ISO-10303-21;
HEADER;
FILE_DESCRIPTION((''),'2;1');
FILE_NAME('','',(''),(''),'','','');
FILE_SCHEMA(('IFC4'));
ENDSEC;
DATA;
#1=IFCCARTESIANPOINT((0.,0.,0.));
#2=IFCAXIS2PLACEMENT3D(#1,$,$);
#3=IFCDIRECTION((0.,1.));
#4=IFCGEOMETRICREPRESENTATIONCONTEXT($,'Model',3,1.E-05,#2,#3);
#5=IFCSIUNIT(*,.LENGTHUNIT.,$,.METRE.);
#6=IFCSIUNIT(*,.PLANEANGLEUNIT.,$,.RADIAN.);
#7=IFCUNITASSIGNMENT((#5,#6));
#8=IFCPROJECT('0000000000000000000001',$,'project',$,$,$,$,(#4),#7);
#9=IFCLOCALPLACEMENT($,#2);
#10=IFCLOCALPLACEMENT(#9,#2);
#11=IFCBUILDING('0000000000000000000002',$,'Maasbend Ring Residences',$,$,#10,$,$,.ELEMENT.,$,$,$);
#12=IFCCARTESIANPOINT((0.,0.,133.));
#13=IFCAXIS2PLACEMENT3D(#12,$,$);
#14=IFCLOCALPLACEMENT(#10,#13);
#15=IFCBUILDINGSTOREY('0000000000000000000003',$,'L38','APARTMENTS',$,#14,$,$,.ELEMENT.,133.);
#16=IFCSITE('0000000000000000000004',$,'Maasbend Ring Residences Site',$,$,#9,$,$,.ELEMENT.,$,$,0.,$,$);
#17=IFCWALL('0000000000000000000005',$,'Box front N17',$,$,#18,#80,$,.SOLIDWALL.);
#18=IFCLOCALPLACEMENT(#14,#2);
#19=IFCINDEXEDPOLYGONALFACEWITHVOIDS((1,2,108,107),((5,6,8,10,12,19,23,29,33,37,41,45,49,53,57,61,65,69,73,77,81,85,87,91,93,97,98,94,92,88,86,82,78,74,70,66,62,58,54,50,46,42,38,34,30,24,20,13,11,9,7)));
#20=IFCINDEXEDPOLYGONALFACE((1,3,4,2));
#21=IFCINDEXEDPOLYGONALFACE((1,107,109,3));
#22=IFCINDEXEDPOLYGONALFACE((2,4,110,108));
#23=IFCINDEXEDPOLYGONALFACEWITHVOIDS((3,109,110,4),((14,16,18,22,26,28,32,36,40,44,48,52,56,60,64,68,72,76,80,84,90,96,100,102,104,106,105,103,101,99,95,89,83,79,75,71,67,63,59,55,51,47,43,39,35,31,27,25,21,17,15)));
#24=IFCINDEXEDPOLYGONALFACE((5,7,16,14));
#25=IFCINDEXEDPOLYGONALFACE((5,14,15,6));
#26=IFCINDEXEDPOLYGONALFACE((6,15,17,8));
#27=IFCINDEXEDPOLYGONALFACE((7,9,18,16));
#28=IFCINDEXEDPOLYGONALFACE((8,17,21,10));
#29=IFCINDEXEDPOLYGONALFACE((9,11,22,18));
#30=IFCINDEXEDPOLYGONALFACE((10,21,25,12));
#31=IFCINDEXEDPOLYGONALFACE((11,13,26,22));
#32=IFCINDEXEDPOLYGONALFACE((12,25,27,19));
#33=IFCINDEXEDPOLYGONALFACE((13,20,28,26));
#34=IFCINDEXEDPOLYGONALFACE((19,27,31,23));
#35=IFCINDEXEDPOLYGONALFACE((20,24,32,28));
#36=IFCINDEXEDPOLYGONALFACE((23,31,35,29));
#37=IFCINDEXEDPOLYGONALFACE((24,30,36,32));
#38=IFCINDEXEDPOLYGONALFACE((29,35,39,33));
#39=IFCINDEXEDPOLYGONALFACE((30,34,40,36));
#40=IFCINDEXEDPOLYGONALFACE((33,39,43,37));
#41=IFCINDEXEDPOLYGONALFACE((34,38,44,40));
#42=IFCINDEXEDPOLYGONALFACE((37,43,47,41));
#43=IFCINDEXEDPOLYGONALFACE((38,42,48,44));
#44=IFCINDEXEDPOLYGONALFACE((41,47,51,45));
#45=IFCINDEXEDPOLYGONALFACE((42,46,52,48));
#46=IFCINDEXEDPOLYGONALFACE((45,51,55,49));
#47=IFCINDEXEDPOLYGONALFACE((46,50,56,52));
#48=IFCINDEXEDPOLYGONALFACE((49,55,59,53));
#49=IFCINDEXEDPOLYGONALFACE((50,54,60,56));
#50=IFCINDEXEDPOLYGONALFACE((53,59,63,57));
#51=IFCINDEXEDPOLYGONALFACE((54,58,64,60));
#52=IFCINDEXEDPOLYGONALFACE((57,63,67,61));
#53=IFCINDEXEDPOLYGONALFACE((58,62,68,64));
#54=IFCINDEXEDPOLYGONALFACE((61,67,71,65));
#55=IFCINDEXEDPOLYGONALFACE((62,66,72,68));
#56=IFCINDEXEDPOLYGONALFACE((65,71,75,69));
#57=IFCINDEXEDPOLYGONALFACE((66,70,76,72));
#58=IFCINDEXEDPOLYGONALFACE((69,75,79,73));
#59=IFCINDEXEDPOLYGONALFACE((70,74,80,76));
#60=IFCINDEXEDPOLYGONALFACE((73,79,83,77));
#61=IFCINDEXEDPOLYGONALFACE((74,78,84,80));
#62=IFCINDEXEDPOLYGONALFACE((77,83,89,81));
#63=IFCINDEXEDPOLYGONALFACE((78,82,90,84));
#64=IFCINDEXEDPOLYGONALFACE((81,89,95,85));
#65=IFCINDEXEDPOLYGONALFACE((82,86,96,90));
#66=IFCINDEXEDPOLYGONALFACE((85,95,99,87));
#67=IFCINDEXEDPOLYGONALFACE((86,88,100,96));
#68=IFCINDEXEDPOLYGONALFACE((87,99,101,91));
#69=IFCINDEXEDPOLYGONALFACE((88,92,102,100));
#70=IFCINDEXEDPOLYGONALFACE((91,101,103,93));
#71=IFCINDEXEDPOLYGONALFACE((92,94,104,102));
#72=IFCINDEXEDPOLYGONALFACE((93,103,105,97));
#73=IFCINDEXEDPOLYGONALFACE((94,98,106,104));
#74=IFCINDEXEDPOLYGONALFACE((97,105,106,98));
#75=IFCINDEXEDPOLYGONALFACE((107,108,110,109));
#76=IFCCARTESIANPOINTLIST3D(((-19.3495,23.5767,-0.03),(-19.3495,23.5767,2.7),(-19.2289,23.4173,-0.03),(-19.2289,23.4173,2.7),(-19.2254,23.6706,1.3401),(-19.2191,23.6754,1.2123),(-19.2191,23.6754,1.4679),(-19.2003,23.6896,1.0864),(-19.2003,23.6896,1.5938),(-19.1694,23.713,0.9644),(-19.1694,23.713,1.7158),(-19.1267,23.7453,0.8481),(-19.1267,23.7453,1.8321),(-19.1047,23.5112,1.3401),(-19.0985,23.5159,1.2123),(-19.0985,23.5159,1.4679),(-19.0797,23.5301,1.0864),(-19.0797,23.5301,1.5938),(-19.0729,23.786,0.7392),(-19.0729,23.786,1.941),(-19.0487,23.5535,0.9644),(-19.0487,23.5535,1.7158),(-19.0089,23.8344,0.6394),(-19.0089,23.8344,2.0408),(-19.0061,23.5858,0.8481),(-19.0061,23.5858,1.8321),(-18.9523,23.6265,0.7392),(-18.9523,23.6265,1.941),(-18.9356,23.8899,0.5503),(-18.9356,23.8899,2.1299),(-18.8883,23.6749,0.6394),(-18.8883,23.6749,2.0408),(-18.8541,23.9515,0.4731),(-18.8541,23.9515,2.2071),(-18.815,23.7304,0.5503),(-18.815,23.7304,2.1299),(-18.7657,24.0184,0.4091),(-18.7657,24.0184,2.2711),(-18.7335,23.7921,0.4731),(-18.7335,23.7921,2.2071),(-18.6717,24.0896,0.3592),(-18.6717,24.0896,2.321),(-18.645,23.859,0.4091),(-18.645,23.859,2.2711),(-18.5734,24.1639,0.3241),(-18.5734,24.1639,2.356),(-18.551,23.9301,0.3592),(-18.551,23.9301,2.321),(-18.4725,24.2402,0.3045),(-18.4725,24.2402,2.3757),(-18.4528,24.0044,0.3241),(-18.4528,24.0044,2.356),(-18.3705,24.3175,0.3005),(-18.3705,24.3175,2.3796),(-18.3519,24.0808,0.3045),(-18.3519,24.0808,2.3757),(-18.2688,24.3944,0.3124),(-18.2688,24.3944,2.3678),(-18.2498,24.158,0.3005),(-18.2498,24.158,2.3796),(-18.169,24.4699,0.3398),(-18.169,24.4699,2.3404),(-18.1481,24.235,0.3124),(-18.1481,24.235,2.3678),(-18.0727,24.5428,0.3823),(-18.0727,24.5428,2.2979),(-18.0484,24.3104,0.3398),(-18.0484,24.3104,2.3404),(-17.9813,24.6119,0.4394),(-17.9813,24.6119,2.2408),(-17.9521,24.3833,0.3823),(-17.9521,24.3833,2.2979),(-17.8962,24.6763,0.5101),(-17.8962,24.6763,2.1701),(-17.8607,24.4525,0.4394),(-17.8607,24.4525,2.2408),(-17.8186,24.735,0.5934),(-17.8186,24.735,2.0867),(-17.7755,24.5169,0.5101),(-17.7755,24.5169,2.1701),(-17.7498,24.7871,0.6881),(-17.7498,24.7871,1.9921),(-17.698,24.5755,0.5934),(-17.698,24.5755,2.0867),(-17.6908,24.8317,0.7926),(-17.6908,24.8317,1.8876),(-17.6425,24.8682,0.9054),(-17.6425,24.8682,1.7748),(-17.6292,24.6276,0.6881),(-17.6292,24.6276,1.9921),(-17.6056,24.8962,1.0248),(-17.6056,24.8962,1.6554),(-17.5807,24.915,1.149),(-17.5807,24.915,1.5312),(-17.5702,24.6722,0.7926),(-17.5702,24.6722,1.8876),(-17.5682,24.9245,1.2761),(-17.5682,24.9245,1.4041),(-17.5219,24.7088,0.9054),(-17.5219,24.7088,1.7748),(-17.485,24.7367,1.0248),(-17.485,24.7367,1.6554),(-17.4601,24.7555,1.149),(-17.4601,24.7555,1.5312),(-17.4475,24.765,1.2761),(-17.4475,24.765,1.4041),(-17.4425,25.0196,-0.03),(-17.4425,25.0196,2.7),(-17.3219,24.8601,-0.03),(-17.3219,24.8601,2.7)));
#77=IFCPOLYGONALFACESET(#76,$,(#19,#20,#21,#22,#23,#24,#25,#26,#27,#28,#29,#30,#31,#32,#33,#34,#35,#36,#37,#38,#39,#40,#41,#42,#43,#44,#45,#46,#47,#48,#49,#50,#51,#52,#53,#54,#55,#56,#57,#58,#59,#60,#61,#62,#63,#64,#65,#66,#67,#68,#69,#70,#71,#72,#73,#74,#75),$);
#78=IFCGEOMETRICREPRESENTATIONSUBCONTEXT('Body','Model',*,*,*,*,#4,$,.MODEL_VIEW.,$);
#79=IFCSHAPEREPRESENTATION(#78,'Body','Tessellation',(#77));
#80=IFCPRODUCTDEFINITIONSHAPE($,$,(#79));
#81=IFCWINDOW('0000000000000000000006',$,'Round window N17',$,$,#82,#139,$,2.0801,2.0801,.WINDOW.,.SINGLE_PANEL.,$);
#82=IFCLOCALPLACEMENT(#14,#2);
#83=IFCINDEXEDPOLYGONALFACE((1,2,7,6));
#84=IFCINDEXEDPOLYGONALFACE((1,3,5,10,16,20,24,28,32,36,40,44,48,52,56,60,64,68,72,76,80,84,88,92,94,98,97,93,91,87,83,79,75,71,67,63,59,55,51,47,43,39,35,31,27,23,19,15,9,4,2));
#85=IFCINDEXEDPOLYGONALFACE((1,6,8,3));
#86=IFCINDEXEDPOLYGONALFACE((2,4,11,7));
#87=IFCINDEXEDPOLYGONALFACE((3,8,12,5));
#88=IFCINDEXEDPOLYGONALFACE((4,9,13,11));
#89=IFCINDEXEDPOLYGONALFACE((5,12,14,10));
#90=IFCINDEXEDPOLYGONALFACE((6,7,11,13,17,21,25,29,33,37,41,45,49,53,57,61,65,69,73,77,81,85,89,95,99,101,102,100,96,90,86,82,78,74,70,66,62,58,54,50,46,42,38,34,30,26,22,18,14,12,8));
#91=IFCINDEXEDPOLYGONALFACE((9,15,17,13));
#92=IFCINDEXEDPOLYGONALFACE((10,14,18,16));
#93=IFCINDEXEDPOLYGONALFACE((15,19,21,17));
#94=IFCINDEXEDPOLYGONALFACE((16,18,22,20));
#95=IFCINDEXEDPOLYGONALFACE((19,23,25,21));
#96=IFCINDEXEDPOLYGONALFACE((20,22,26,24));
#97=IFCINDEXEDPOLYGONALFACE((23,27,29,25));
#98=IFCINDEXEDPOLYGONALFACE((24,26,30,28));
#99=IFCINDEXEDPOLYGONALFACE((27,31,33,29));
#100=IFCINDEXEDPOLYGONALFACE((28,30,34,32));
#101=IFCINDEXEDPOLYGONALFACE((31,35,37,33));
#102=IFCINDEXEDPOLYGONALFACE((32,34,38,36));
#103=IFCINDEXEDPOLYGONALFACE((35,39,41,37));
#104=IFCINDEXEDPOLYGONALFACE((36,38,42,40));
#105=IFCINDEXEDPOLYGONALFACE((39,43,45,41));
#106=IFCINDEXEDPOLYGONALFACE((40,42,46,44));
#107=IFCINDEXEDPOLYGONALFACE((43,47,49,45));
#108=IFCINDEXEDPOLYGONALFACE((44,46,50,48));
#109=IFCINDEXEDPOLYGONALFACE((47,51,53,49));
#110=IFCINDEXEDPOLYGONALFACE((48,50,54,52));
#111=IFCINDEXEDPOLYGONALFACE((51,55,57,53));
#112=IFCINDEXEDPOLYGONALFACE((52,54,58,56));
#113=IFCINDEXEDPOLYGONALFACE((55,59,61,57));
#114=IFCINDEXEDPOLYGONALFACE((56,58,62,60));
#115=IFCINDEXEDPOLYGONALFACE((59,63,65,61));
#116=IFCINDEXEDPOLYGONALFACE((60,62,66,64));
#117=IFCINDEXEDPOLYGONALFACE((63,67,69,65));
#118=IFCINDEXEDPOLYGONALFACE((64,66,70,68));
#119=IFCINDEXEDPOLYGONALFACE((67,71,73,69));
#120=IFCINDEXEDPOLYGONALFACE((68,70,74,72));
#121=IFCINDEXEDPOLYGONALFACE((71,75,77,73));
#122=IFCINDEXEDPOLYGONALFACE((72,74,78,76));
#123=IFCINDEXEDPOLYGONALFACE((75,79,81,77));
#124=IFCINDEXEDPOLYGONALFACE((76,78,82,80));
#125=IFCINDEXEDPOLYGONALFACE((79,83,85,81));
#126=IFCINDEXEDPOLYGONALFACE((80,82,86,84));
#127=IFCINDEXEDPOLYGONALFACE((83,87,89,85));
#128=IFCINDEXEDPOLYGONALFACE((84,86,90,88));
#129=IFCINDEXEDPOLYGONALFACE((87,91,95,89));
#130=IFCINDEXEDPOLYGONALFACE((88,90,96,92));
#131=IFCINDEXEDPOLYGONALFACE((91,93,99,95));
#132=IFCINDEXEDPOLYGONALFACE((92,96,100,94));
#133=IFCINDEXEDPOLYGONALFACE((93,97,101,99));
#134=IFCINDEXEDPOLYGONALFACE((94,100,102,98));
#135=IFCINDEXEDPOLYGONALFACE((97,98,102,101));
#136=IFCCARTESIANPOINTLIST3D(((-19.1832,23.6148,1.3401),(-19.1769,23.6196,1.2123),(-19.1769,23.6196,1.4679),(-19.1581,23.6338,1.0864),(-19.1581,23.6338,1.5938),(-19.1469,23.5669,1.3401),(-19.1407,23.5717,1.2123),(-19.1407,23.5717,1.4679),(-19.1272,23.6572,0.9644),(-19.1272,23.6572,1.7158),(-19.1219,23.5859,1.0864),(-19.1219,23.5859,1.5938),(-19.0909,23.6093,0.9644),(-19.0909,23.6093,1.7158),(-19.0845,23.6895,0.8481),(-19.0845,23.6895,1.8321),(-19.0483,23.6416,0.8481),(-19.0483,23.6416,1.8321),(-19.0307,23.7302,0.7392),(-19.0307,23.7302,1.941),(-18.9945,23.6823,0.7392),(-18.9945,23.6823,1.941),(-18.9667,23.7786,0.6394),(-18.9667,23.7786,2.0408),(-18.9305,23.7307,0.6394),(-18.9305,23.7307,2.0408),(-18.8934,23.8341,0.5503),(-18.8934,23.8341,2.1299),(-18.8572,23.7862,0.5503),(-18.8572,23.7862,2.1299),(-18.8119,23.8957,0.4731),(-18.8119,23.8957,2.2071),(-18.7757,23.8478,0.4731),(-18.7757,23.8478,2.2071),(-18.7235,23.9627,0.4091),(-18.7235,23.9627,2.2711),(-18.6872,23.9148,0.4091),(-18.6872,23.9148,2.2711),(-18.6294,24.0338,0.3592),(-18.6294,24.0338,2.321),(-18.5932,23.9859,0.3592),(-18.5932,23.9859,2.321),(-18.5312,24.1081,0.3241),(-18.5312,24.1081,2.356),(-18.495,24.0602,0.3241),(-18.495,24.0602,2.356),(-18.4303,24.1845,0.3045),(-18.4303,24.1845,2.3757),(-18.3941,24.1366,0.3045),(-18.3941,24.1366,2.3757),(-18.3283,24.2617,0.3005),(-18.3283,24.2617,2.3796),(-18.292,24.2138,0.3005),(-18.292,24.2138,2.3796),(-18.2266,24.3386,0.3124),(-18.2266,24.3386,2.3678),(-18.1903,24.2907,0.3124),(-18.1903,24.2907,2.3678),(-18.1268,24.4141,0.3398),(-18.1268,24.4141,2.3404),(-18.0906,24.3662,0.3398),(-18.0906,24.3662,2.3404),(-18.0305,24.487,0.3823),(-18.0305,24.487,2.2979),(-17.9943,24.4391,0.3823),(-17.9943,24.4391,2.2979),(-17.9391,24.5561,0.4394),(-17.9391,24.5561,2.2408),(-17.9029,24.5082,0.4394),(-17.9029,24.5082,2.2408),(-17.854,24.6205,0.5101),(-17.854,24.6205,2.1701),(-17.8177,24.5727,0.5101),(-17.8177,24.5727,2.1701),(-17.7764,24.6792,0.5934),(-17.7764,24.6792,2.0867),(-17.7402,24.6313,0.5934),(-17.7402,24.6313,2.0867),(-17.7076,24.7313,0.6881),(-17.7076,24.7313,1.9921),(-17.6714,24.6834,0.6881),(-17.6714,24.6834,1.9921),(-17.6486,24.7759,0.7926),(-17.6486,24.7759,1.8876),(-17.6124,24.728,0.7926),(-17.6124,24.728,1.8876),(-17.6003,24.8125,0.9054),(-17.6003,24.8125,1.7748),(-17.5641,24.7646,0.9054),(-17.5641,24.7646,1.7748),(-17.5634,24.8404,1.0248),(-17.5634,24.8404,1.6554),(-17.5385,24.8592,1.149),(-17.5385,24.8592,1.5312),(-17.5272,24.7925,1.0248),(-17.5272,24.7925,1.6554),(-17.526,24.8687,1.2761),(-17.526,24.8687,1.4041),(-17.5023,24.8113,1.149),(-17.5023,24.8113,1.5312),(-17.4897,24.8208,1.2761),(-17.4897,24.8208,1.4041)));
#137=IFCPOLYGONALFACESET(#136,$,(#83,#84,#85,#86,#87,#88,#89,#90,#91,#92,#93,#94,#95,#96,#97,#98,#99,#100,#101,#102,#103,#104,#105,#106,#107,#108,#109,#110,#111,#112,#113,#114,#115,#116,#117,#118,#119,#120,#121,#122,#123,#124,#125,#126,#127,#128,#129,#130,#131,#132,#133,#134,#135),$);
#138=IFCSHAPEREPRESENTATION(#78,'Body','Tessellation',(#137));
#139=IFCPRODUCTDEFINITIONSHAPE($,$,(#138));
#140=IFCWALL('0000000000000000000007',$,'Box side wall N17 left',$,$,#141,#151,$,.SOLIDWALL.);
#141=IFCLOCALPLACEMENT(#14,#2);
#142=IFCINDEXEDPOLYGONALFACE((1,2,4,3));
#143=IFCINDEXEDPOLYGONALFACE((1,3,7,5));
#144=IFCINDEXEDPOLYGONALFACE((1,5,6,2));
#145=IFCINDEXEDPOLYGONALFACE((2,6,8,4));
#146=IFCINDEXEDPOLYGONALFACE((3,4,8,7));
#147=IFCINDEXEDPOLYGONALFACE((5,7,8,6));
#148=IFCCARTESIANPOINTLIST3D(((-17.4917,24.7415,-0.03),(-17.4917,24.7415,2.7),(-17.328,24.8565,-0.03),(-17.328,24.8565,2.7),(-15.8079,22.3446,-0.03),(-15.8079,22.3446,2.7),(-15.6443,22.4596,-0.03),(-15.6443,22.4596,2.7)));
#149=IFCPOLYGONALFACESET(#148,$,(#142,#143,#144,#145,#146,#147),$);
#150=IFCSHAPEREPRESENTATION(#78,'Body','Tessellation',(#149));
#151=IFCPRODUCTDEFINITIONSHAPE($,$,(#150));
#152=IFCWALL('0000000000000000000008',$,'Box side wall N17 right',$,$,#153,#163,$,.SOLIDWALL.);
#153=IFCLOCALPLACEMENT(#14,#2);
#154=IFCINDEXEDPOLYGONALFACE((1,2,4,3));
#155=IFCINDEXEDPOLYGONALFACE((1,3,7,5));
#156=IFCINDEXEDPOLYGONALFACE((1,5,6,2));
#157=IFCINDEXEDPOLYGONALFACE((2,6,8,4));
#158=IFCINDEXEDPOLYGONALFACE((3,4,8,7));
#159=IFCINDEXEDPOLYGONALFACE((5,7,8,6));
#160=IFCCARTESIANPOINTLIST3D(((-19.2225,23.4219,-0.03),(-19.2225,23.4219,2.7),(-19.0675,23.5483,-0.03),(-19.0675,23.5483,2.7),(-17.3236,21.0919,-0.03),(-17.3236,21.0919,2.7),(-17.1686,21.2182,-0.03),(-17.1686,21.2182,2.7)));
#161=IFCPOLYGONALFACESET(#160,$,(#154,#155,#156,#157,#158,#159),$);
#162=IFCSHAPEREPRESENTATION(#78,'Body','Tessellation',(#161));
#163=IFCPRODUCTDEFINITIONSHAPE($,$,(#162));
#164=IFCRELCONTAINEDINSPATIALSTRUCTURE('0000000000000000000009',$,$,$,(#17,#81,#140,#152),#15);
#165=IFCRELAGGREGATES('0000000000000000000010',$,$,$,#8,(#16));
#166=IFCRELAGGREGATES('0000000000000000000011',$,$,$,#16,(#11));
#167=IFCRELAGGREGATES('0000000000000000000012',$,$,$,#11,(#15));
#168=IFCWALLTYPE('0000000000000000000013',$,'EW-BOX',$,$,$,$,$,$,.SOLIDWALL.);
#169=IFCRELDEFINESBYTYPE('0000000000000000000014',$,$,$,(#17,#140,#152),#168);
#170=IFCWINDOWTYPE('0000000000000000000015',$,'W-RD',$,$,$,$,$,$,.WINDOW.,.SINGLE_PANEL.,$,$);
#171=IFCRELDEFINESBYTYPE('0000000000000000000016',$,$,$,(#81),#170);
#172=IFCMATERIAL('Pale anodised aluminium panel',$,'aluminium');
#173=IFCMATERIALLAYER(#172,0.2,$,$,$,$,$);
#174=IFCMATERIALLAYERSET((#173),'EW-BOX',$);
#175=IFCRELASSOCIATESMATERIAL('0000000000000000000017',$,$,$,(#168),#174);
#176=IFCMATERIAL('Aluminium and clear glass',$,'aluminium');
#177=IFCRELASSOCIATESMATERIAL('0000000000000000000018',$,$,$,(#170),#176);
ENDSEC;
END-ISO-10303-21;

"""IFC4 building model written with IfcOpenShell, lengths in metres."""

from ifc_helpers import new_model, si_unit, direction, frame, frame_2d, origin, place, context, subcontext, project, spatial, rectangle, circle, extrude, material, layer, layer_set, type_object, element, fill, save


model = new_model("IFC4")

# Units and contexts
model_context = context("Model", 3, precision=1e-05, world=origin(), true_north=direction((0.0, 1.0)))
body_context = subcontext(model_context, "Body", "Model", "MODEL_VIEW")
ifc_project = project(units=[si_unit("LENGTHUNIT", "METRE"), si_unit("PLANEANGLEUNIT", "RADIAN")], contexts=[model_context])

# Site, building, storey
site_placement = place(None, origin())
site = spatial("IfcSite", under=ifc_project, at=site_placement, Name="Maasbend Ring Residences Site", CompositionType="ELEMENT", RefElevation=0.0)
building_placement = place(site_placement, origin())
building = spatial("IfcBuilding", under=site, at=building_placement, Name="Maasbend Ring Residences", CompositionType="ELEMENT")
storey_placement = place(building_placement, frame((0.0, 0.0, 133.0)))
storey = spatial("IfcBuildingStorey", under=building, at=storey_placement, Name="L38", Description="APARTMENTS", CompositionType="ELEMENT", Elevation=133.0)

# Shared definitions
ifc_material_1 = material(Name="Pale anodised aluminium panel", Category="aluminium")
ifc_layer_1 = layer(ifc_material_1, 0.2)
ifc_layer_set_1 = layer_set([ifc_layer_1], Name="EW-BOX")
wall_type_1 = type_object("IfcWallType", Name="EW-BOX", PredefinedType="SOLIDWALL", material=ifc_layer_set_1)
ifc_material_2 = material(Name="Aluminium and clear glass", Category="aluminium")
window_type_1 = type_object("IfcWindowType", Name="W-RD", PartitioningType="SINGLE_PANEL", PredefinedType="WINDOW", material=ifc_material_2)

# Wall, opening, window
wall_1_placement = place(storey_placement, frame((-17.3821, 24.9399, -0.03), z_axis=(0.0, 0.0, 1.0), x_axis=(-0.797457, -0.603376, 0.0)))
wall_1 = element("IfcWall", 1, at=wall_1_placement, inside=storey, type_object=wall_type_1, Name="Box front N17", PredefinedType="SOLIDWALL", context=body_context, shape_type="SweptSolid", body=[
    extrude(rectangle(XDim=2.3914, YDim=0.2, at=frame_2d((1.1958, 0.0))), origin(), (0.0, 0.0, 1.0), 2.73),
])
opening_1_placement = place(wall_1_placement, frame((0.1558, 0.0, 0.3301)))
opening_1 = element("IfcOpeningElement", 2, at=opening_1_placement, cuts=wall_1, PredefinedType="OPENING", context=body_context, shape_type="SweptSolid", body=[
    extrude(circle(Radius=1.04, at=frame_2d((1.04, 1.04))), frame((0.0, 0.1099, 0.0), z_axis=(0.0, -1.0, 0.0), x_axis=(1.0, 0.0, 0.0)), (0.0, 0.0, 1.0), 0.22),
])
window_1_placement = place(opening_1_placement, origin())
window_1 = element("IfcWindow", 3, at=window_1_placement, inside=storey, type_object=window_type_1, Name="Round window N17", OverallHeight=2.0801, OverallWidth=2.0801, PartitioningType="SINGLE_PANEL", PredefinedType="WINDOW", context=body_context, shape_type="SweptSolid", body=[
    extrude(circle(Radius=1.04, at=frame_2d((1.04, 1.04))), frame((0.0, 0.03, 0.0), z_axis=(0.0, -1.0, 0.0), x_axis=(1.0, 0.0, 0.0)), (0.0, 0.0, 1.0), 0.0601),
])
fill(opening_1, window_1)

# Walls
wall_2_placement = place(storey_placement, frame((-15.7261, 22.4021, -0.03), z_axis=(0.0, 0.0, 1.0), x_axis=(-0.574826, 0.818275, 0.0)))
element("IfcWall", 4, at=wall_2_placement, inside=storey, type_object=wall_type_1, Name="Box side wall N17 left", PredefinedType="SOLIDWALL", context=body_context, shape_type="SweptSolid", body=[
    extrude(rectangle(XDim=2.9292, YDim=0.2, at=frame_2d((1.4646, 0.0))), origin(), (0.0, 0.0, 1.0), 2.73),
])
wall_3_placement = place(storey_placement, frame((-17.2461, 21.155, -0.03), z_axis=(0.0, 0.0, 1.0), x_axis=(-0.631742, 0.775179, 0.0)))
element("IfcWall", 5, at=wall_3_placement, inside=storey, type_object=wall_type_1, Name="Box side wall N17 right", PredefinedType="SOLIDWALL", context=body_context, shape_type="SweptSolid", body=[
    extrude(rectangle(XDim=3.0059, YDim=0.2, at=frame_2d((1.5029, 0.0))), origin(), (0.0, 0.0, 1.0), 2.73),
])

save(model, "model.ifc")
